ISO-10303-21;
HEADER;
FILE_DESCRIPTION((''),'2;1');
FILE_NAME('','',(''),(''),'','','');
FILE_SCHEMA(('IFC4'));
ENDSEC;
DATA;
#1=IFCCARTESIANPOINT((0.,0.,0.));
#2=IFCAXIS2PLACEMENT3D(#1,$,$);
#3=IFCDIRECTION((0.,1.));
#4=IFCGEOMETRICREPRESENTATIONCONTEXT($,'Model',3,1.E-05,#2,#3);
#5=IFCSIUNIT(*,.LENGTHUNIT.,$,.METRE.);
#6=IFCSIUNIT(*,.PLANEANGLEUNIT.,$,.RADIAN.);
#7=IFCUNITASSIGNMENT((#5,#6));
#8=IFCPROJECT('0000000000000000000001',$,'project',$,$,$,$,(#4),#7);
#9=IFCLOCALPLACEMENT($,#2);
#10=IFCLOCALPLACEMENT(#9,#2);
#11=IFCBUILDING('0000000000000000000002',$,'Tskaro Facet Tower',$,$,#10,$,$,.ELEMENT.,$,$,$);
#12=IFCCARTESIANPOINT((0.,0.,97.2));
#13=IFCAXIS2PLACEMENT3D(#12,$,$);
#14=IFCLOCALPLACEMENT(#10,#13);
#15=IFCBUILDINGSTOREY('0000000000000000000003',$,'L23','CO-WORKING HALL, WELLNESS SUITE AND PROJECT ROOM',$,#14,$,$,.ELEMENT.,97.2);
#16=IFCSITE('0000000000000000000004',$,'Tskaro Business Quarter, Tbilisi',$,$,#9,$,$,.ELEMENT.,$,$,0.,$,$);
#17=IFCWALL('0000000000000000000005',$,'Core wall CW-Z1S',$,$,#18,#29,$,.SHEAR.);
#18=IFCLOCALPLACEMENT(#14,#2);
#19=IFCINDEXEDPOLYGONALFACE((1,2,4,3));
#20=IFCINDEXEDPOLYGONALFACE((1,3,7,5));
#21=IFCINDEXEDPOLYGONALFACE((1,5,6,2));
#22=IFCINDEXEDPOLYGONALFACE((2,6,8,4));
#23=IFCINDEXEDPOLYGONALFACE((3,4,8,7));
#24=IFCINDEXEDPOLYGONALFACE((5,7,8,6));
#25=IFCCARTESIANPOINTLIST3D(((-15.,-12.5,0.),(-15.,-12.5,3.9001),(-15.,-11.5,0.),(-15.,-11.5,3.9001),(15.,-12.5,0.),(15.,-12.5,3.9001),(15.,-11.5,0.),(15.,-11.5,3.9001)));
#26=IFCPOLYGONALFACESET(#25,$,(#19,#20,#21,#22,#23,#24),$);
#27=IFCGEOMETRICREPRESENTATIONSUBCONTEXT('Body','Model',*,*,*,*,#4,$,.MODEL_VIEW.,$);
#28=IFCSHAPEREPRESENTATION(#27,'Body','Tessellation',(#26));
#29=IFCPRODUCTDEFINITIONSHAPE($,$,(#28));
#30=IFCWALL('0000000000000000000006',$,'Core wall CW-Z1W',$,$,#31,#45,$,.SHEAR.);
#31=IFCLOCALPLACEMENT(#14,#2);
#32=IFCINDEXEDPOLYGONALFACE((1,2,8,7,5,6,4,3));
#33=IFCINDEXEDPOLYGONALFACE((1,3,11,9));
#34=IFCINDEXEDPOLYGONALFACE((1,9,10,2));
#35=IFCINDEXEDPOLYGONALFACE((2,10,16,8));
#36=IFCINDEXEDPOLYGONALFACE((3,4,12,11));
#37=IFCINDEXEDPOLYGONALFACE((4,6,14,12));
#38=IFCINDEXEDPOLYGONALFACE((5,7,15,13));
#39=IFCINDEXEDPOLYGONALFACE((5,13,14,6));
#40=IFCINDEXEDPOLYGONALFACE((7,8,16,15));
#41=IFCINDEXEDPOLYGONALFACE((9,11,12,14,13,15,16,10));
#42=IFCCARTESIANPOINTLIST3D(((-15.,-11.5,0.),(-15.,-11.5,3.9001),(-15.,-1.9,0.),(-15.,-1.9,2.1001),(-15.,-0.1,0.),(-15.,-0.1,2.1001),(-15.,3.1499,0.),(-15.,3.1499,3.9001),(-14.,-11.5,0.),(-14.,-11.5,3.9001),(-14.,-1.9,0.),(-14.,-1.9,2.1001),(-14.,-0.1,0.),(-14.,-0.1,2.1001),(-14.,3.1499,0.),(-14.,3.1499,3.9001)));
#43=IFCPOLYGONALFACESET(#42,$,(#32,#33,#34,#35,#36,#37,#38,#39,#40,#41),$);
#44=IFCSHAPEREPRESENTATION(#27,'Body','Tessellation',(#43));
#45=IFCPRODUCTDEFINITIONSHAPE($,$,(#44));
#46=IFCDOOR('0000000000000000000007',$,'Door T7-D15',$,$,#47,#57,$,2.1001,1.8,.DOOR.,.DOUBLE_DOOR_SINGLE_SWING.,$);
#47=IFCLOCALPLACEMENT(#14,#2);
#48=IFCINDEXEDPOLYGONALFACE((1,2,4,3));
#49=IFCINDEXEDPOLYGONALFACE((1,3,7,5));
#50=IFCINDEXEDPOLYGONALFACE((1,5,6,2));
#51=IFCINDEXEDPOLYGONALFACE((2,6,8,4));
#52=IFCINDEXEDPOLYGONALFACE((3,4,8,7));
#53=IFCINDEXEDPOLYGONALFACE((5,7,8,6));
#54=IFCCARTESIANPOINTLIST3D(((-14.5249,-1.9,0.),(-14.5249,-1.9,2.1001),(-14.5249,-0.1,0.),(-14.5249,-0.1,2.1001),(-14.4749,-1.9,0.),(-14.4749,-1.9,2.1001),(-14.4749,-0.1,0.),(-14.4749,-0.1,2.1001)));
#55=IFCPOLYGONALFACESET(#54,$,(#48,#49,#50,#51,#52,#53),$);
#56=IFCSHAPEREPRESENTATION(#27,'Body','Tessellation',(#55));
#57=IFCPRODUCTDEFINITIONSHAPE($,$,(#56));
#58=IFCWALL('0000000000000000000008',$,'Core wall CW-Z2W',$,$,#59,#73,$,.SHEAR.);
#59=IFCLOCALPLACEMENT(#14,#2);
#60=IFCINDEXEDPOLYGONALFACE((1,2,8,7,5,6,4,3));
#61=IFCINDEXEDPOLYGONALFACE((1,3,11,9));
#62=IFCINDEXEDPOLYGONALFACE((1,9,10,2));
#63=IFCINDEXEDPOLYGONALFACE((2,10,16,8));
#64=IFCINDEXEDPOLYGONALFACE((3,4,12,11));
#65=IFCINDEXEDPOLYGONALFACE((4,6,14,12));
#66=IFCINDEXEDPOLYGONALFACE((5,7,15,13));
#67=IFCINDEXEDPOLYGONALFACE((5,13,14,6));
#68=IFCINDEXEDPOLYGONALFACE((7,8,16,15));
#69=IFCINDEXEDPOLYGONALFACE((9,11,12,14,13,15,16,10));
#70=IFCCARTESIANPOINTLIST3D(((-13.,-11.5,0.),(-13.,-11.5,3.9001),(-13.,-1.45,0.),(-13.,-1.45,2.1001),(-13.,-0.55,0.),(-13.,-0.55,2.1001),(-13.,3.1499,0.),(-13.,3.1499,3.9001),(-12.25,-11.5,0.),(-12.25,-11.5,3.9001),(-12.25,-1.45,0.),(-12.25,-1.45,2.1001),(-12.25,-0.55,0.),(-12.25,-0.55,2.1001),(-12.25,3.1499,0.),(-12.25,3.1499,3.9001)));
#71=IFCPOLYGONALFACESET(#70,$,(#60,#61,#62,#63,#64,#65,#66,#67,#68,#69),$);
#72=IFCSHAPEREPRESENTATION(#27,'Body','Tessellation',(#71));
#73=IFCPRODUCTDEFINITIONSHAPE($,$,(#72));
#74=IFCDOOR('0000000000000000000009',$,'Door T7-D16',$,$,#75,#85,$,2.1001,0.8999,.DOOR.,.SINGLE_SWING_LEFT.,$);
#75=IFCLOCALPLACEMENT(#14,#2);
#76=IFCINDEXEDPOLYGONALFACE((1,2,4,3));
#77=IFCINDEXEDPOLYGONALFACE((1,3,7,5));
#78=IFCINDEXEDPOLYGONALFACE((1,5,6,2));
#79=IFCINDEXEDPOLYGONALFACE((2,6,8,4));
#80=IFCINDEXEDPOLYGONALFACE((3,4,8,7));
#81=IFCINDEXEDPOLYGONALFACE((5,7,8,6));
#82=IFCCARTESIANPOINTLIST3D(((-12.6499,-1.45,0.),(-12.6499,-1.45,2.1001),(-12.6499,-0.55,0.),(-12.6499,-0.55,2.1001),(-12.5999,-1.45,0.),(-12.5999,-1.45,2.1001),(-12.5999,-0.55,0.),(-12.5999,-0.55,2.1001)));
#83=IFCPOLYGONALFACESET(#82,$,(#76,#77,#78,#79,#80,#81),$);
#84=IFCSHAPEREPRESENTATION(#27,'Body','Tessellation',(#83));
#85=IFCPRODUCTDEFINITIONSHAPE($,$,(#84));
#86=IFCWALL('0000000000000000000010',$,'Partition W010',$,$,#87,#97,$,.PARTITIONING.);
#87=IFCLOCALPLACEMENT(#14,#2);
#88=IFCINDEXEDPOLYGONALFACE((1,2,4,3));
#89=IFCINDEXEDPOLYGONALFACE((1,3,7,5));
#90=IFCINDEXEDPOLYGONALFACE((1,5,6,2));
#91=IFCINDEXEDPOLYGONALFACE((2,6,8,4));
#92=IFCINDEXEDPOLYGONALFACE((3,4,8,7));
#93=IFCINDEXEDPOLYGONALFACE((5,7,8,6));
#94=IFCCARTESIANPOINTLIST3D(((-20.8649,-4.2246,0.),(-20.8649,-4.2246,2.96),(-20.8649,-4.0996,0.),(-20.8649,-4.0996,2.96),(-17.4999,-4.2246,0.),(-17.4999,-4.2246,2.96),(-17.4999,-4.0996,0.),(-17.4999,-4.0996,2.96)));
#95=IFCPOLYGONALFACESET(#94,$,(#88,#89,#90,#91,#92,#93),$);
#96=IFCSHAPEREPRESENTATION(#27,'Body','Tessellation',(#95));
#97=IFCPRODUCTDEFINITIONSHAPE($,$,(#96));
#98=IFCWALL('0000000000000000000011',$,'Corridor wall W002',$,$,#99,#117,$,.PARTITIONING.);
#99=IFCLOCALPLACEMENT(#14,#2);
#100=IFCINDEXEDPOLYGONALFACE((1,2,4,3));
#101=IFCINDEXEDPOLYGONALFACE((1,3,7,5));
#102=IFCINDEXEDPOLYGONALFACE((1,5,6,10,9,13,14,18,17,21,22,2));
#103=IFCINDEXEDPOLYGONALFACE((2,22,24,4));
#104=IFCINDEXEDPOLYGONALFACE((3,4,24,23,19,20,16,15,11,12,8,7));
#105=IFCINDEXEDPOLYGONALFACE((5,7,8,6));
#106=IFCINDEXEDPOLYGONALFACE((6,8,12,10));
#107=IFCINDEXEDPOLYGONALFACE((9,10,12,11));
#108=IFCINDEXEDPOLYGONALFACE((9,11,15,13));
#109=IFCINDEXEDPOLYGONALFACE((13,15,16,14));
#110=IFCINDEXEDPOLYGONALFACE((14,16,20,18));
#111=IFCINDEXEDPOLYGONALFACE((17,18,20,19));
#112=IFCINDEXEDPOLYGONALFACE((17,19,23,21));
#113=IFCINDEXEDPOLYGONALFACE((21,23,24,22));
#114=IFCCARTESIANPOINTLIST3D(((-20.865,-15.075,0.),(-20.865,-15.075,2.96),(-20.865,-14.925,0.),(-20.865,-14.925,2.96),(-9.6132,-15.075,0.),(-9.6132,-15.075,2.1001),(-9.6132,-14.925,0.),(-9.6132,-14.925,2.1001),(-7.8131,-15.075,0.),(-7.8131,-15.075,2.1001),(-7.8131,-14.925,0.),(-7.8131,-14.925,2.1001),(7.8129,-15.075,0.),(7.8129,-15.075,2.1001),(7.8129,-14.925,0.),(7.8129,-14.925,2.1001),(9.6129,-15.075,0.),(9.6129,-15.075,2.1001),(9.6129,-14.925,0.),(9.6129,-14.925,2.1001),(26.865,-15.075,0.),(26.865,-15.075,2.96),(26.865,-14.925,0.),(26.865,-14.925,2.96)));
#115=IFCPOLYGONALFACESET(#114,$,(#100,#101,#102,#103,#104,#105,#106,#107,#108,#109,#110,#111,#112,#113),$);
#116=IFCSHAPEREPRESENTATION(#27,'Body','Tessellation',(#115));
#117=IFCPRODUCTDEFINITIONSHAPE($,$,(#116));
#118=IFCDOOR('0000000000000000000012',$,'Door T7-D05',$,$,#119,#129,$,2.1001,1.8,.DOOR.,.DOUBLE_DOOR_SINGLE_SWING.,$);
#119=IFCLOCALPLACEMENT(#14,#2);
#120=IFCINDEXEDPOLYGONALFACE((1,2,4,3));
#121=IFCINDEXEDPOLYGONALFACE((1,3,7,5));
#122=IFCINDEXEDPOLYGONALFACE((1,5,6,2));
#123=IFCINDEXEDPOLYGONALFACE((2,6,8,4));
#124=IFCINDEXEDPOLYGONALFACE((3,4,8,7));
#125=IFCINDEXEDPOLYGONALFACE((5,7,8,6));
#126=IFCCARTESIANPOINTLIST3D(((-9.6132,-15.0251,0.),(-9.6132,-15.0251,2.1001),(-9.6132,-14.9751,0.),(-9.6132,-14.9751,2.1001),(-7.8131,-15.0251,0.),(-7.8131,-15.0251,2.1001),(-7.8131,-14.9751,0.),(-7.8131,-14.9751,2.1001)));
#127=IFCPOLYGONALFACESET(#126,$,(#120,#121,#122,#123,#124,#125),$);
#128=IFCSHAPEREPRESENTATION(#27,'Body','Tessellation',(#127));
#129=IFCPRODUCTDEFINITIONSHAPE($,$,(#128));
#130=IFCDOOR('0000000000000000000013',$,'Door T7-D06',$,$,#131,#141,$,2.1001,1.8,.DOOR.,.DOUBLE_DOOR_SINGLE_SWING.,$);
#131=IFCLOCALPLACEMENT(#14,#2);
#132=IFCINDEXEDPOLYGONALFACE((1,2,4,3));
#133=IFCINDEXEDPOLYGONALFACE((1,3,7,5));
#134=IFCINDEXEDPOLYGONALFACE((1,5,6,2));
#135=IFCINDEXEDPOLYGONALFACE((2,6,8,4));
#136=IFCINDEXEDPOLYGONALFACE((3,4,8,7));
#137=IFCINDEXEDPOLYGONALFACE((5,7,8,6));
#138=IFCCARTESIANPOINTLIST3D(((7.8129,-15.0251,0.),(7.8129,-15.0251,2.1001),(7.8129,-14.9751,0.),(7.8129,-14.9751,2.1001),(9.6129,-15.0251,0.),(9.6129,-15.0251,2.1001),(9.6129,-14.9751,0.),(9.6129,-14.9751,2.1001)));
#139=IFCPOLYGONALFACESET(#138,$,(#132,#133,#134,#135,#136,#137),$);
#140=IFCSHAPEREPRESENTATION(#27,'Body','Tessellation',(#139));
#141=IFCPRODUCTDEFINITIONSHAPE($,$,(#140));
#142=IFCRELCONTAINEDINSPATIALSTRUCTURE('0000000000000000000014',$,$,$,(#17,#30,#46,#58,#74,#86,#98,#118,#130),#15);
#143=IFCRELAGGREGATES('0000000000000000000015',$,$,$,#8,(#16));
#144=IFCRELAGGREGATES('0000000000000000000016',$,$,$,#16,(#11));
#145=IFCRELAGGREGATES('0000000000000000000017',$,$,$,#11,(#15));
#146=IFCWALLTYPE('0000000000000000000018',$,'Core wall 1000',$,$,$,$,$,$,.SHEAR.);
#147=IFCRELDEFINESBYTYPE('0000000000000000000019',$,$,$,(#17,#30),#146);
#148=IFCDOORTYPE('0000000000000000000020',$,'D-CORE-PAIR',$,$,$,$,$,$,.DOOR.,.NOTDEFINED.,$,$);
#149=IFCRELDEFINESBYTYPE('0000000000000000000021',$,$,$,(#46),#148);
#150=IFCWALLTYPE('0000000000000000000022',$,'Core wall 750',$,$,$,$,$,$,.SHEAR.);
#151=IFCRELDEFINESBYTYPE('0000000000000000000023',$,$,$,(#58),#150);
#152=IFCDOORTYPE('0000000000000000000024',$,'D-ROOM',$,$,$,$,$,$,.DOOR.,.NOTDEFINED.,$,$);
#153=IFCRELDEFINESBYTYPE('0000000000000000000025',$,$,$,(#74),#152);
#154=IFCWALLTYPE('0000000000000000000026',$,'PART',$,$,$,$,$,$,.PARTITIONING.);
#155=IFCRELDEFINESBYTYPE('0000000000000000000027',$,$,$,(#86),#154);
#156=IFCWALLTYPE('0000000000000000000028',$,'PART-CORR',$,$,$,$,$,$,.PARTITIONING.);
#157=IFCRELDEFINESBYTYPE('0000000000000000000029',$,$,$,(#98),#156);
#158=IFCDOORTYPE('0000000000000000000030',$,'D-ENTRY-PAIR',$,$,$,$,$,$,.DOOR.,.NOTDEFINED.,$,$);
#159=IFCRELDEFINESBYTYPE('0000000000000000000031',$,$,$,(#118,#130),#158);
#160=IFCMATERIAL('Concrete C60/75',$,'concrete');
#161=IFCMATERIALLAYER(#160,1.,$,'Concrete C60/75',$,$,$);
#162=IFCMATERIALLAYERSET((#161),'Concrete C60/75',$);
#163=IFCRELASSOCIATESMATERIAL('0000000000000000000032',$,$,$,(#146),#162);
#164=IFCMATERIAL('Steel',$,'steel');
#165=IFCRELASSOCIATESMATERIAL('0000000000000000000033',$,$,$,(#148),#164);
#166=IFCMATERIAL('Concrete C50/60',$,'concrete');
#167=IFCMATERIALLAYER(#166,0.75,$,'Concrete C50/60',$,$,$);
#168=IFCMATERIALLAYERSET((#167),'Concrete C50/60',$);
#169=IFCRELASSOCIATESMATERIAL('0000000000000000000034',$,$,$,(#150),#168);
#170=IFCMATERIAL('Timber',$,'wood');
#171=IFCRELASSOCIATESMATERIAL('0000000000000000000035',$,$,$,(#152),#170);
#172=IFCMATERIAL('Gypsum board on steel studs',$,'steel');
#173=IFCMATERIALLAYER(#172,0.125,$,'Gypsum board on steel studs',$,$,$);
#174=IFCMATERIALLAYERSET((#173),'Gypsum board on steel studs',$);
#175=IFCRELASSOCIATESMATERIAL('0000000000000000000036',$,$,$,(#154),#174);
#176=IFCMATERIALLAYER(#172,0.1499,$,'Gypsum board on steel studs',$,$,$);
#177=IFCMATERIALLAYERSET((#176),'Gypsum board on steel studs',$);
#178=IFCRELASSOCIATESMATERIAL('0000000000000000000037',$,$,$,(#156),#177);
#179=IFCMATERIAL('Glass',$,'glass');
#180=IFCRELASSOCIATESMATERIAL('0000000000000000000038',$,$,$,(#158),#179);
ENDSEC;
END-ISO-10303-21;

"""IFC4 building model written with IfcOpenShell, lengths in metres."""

from ifc_helpers import new_model, si_unit, direction, frame, frame_2d, origin, place, context, subcontext, project, spatial, rectangle, extrude, material, layer, layer_set, type_object, element, fill, save


model = new_model("IFC4")

# Units and contexts
model_context = context("Model", 3, precision=1e-05, world=origin(), true_north=direction((0.0, 1.0)))
body_context = subcontext(model_context, "Body", "Model", "MODEL_VIEW")
ifc_project = project(units=[si_unit("LENGTHUNIT", "METRE"), si_unit("PLANEANGLEUNIT", "RADIAN")], contexts=[model_context])

# Site, building, storey
site_placement = place(None, origin())
site = spatial("IfcSite", under=ifc_project, at=site_placement, Name="Tskaro Business Quarter, Tbilisi", CompositionType="ELEMENT", RefElevation=0.0)
building_placement = place(site_placement, origin())
building = spatial("IfcBuilding", under=site, at=building_placement, Name="Tskaro Facet Tower", CompositionType="ELEMENT")
storey_placement = place(building_placement, frame((0.0, 0.0, 97.2)))
storey = spatial("IfcBuildingStorey", under=building, at=storey_placement, Name="L23", Description="CO-WORKING HALL, WELLNESS SUITE AND PROJECT ROOM", CompositionType="ELEMENT", Elevation=97.2)

# Wall
ifc_material_1 = material(Name="Concrete C60/75", Category="concrete")
ifc_layer_1 = layer(ifc_material_1, 1.0, Name="Concrete C60/75")
ifc_layer_set_1 = layer_set([ifc_layer_1], Name="Concrete C60/75")
wall_type_1 = type_object("IfcWallType", Name="Core wall 1000", PredefinedType="SHEAR", material=ifc_layer_set_1)
wall_1_placement = place(storey_placement, frame((-15.0, -12.0, 0.0), z_axis=(0.0, 0.0, 1.0), x_axis=(1.0, 0.0, 0.0)))
element("IfcWall", 1, at=wall_1_placement, inside=storey, type_object=wall_type_1, Name="Core wall CW-Z1S", PredefinedType="SHEAR", context=body_context, shape_type="SweptSolid", body=[
    extrude(rectangle(XDim=30.0, YDim=1.0, at=frame_2d((15.0, 0.0))), origin(), (0.0, 0.0, 1.0), 3.9001),
])

# Walls, openings, doors
wall_2_placement = place(storey_placement, frame((-14.5, -11.5, 0.0), z_axis=(0.0, 0.0, 1.0), x_axis=(0.0, 1.0, 0.0)))
wall_2 = element("IfcWall", 2, at=wall_2_placement, inside=storey, type_object=wall_type_1, Name="Core wall CW-Z1W", PredefinedType="SHEAR", context=body_context, shape_type="SweptSolid", body=[
    extrude(rectangle(XDim=14.6499, YDim=1.0, at=frame_2d((7.325, 0.0))), origin(), (0.0, 0.0, 1.0), 3.9001),
])
opening_1_placement = place(wall_2_placement, frame((9.6001, 0.0, 0.0)))
opening_1 = element("IfcOpeningElement", 3, at=opening_1_placement, cuts=wall_2, PredefinedType="OPENING", context=body_context, shape_type="SweptSolid", body=[
    extrude(rectangle(XDim=1.8, YDim=2.1001, at=frame_2d((0.8999, 1.05))), frame((0.0, 0.51, 0.0), z_axis=(0.0, -1.0, 0.0), x_axis=(1.0, 0.0, 0.0)), (0.0, 0.0, 1.0), 1.02),
])
ifc_material_2 = material(Name="Steel", Category="steel")
door_type_1 = type_object("IfcDoorType", Name="D-CORE-PAIR", OperationType="NOTDEFINED", PredefinedType="DOOR", material=ifc_material_2)
door_1_placement = place(opening_1_placement, origin())
door_1 = element("IfcDoor", 4, at=door_1_placement, inside=storey, type_object=door_type_1, Name="Door T7-D15", OperationType="DOUBLE_DOOR_SINGLE_SWING", OverallHeight=2.1001, OverallWidth=1.8, PredefinedType="DOOR", context=body_context, shape_type="SweptSolid", body=[
    extrude(rectangle(XDim=1.8, YDim=2.1001, at=frame_2d((0.8999, 1.05))), frame((0.0, 0.0249, 0.0), z_axis=(0.0, -1.0, 0.0), x_axis=(1.0, 0.0, 0.0)), (0.0, 0.0, 1.0), 0.05),
])
fill(opening_1, door_1)
ifc_material_3 = material(Name="Concrete C50/60", Category="concrete")
ifc_layer_2 = layer(ifc_material_3, 0.75, Name="Concrete C50/60")
ifc_layer_set_2 = layer_set([ifc_layer_2], Name="Concrete C50/60")
wall_type_2 = type_object("IfcWallType", Name="Core wall 750", PredefinedType="SHEAR", material=ifc_layer_set_2)
wall_3_placement = place(storey_placement, frame((-12.625, -11.5, 0.0), z_axis=(0.0, 0.0, 1.0), x_axis=(0.0, 1.0, 0.0)))
wall_3 = element("IfcWall", 5, at=wall_3_placement, inside=storey, type_object=wall_type_2, Name="Core wall CW-Z2W", PredefinedType="SHEAR", context=body_context, shape_type="SweptSolid", body=[
    extrude(rectangle(XDim=14.6499, YDim=0.75, at=frame_2d((7.325, 0.0))), origin(), (0.0, 0.0, 1.0), 3.9001),
])
opening_2_placement = place(wall_3_placement, frame((10.05, 0.0, 0.0)))
opening_2 = element("IfcOpeningElement", 6, at=opening_2_placement, cuts=wall_3, PredefinedType="OPENING", context=body_context, shape_type="SweptSolid", body=[
    extrude(rectangle(XDim=0.8999, YDim=2.1001, at=frame_2d((0.45, 1.05))), frame((0.0, 0.385, 0.0), z_axis=(0.0, -1.0, 0.0), x_axis=(1.0, 0.0, 0.0)), (0.0, 0.0, 1.0), 0.77),
])
ifc_material_4 = material(Name="Timber", Category="wood")
door_type_2 = type_object("IfcDoorType", Name="D-ROOM", OperationType="NOTDEFINED", PredefinedType="DOOR", material=ifc_material_4)
door_2_placement = place(opening_2_placement, origin())
door_2 = element("IfcDoor", 7, at=door_2_placement, inside=storey, type_object=door_type_2, Name="Door T7-D16", OperationType="SINGLE_SWING_LEFT", OverallHeight=2.1001, OverallWidth=0.8999, PredefinedType="DOOR", context=body_context, shape_type="SweptSolid", body=[
    extrude(rectangle(XDim=0.8999, YDim=2.1001, at=frame_2d((0.45, 1.05))), frame((0.0, 0.0249, 0.0), z_axis=(0.0, -1.0, 0.0), x_axis=(1.0, 0.0, 0.0)), (0.0, 0.0, 1.0), 0.05),
])
fill(opening_2, door_2)

# Wall
ifc_material_5 = material(Name="Gypsum board on steel studs", Category="steel")
ifc_layer_3 = layer(ifc_material_5, 0.125, Name="Gypsum board on steel studs")
ifc_layer_set_3 = layer_set([ifc_layer_3], Name="Gypsum board on steel studs")
wall_type_3 = type_object("IfcWallType", Name="PART", PredefinedType="PARTITIONING", material=ifc_layer_set_3)
wall_4_placement = place(storey_placement, frame((-20.865, -4.1621, 0.0), z_axis=(0.0, 0.0, 1.0), x_axis=(1.0, 0.0, 0.0)))
element("IfcWall", 8, at=wall_4_placement, inside=storey, type_object=wall_type_3, Name="Partition W010", PredefinedType="PARTITIONING", context=body_context, shape_type="SweptSolid", body=[
    extrude(rectangle(XDim=3.365, YDim=0.125, at=frame_2d((1.6826, 0.0))), origin(), (0.0, 0.0, 1.0), 2.96),
])

# Wall, openings, doors
ifc_layer_4 = layer(ifc_material_5, 0.1499, Name="Gypsum board on steel studs")
ifc_layer_set_4 = layer_set([ifc_layer_4], Name="Gypsum board on steel studs")
wall_type_4 = type_object("IfcWallType", Name="PART-CORR", PredefinedType="PARTITIONING", material=ifc_layer_set_4)
wall_5_placement = place(storey_placement, frame((-20.865, -15.0, 0.0), z_axis=(0.0, 0.0, 1.0), x_axis=(1.0, 0.0, 0.0)))
wall_5 = element("IfcWall", 9, at=wall_5_placement, inside=storey, type_object=wall_type_4, Name="Corridor wall W002", PredefinedType="PARTITIONING", context=body_context, shape_type="SweptSolid", body=[
    extrude(rectangle(XDim=47.73, YDim=0.1499, at=frame_2d((23.865, 0.0))), origin(), (0.0, 0.0, 1.0), 2.96),
])
opening_3_placement = place(wall_5_placement, frame((11.252, 0.0, 0.0)))
opening_3 = element("IfcOpeningElement", 10, at=opening_3_placement, cuts=wall_5, PredefinedType="OPENING", context=body_context, shape_type="SweptSolid", body=[
    extrude(rectangle(XDim=1.8, YDim=2.1001, at=frame_2d((0.8999, 1.05))), frame((0.0, 0.085, 0.0), z_axis=(0.0, -1.0, 0.0), x_axis=(1.0, 0.0, 0.0)), (0.0, 0.0, 1.0), 0.1699),
])
opening_4_placement = place(wall_5_placement, frame((28.678, 0.0, 0.0)))
opening_4 = element("IfcOpeningElement", 11, at=opening_4_placement, cuts=wall_5, PredefinedType="OPENING", context=body_context, shape_type="SweptSolid", body=[
    extrude(rectangle(XDim=1.8, YDim=2.1001, at=frame_2d((0.8999, 1.05))), frame((0.0, 0.085, 0.0), z_axis=(0.0, -1.0, 0.0), x_axis=(1.0, 0.0, 0.0)), (0.0, 0.0, 1.0), 0.1699),
])
ifc_material_6 = material(Name="Glass", Category="glass")
door_type_3 = type_object("IfcDoorType", Name="D-ENTRY-PAIR", OperationType="NOTDEFINED", PredefinedType="DOOR", material=ifc_material_6)
door_3_placement = place(opening_3_placement, origin())
door_3 = element("IfcDoor", 12, at=door_3_placement, inside=storey, type_object=door_type_3, Name="Door T7-D05", OperationType="DOUBLE_DOOR_SINGLE_SWING", OverallHeight=2.1001, OverallWidth=1.8, PredefinedType="DOOR", context=body_context, shape_type="SweptSolid", body=[
    extrude(rectangle(XDim=1.8, YDim=2.1001, at=frame_2d((0.8999, 1.05))), frame((0.0, 0.0249, 0.0), z_axis=(0.0, -1.0, 0.0), x_axis=(1.0, 0.0, 0.0)), (0.0, 0.0, 1.0), 0.05),
])
fill(opening_3, door_3)
door_4_placement = place(opening_4_placement, origin())
door_4 = element("IfcDoor", 13, at=door_4_placement, inside=storey, type_object=door_type_3, Name="Door T7-D06", OperationType="DOUBLE_DOOR_SINGLE_SWING", OverallHeight=2.1001, OverallWidth=1.8, PredefinedType="DOOR", context=body_context, shape_type="SweptSolid", body=[
    extrude(rectangle(XDim=1.8, YDim=2.1001, at=frame_2d((0.8999, 1.05))), frame((0.0, 0.0249, 0.0), z_axis=(0.0, -1.0, 0.0), x_axis=(1.0, 0.0, 0.0)), (0.0, 0.0, 1.0), 0.05),
])
fill(opening_4, door_4)

save(model, "model.ifc")
